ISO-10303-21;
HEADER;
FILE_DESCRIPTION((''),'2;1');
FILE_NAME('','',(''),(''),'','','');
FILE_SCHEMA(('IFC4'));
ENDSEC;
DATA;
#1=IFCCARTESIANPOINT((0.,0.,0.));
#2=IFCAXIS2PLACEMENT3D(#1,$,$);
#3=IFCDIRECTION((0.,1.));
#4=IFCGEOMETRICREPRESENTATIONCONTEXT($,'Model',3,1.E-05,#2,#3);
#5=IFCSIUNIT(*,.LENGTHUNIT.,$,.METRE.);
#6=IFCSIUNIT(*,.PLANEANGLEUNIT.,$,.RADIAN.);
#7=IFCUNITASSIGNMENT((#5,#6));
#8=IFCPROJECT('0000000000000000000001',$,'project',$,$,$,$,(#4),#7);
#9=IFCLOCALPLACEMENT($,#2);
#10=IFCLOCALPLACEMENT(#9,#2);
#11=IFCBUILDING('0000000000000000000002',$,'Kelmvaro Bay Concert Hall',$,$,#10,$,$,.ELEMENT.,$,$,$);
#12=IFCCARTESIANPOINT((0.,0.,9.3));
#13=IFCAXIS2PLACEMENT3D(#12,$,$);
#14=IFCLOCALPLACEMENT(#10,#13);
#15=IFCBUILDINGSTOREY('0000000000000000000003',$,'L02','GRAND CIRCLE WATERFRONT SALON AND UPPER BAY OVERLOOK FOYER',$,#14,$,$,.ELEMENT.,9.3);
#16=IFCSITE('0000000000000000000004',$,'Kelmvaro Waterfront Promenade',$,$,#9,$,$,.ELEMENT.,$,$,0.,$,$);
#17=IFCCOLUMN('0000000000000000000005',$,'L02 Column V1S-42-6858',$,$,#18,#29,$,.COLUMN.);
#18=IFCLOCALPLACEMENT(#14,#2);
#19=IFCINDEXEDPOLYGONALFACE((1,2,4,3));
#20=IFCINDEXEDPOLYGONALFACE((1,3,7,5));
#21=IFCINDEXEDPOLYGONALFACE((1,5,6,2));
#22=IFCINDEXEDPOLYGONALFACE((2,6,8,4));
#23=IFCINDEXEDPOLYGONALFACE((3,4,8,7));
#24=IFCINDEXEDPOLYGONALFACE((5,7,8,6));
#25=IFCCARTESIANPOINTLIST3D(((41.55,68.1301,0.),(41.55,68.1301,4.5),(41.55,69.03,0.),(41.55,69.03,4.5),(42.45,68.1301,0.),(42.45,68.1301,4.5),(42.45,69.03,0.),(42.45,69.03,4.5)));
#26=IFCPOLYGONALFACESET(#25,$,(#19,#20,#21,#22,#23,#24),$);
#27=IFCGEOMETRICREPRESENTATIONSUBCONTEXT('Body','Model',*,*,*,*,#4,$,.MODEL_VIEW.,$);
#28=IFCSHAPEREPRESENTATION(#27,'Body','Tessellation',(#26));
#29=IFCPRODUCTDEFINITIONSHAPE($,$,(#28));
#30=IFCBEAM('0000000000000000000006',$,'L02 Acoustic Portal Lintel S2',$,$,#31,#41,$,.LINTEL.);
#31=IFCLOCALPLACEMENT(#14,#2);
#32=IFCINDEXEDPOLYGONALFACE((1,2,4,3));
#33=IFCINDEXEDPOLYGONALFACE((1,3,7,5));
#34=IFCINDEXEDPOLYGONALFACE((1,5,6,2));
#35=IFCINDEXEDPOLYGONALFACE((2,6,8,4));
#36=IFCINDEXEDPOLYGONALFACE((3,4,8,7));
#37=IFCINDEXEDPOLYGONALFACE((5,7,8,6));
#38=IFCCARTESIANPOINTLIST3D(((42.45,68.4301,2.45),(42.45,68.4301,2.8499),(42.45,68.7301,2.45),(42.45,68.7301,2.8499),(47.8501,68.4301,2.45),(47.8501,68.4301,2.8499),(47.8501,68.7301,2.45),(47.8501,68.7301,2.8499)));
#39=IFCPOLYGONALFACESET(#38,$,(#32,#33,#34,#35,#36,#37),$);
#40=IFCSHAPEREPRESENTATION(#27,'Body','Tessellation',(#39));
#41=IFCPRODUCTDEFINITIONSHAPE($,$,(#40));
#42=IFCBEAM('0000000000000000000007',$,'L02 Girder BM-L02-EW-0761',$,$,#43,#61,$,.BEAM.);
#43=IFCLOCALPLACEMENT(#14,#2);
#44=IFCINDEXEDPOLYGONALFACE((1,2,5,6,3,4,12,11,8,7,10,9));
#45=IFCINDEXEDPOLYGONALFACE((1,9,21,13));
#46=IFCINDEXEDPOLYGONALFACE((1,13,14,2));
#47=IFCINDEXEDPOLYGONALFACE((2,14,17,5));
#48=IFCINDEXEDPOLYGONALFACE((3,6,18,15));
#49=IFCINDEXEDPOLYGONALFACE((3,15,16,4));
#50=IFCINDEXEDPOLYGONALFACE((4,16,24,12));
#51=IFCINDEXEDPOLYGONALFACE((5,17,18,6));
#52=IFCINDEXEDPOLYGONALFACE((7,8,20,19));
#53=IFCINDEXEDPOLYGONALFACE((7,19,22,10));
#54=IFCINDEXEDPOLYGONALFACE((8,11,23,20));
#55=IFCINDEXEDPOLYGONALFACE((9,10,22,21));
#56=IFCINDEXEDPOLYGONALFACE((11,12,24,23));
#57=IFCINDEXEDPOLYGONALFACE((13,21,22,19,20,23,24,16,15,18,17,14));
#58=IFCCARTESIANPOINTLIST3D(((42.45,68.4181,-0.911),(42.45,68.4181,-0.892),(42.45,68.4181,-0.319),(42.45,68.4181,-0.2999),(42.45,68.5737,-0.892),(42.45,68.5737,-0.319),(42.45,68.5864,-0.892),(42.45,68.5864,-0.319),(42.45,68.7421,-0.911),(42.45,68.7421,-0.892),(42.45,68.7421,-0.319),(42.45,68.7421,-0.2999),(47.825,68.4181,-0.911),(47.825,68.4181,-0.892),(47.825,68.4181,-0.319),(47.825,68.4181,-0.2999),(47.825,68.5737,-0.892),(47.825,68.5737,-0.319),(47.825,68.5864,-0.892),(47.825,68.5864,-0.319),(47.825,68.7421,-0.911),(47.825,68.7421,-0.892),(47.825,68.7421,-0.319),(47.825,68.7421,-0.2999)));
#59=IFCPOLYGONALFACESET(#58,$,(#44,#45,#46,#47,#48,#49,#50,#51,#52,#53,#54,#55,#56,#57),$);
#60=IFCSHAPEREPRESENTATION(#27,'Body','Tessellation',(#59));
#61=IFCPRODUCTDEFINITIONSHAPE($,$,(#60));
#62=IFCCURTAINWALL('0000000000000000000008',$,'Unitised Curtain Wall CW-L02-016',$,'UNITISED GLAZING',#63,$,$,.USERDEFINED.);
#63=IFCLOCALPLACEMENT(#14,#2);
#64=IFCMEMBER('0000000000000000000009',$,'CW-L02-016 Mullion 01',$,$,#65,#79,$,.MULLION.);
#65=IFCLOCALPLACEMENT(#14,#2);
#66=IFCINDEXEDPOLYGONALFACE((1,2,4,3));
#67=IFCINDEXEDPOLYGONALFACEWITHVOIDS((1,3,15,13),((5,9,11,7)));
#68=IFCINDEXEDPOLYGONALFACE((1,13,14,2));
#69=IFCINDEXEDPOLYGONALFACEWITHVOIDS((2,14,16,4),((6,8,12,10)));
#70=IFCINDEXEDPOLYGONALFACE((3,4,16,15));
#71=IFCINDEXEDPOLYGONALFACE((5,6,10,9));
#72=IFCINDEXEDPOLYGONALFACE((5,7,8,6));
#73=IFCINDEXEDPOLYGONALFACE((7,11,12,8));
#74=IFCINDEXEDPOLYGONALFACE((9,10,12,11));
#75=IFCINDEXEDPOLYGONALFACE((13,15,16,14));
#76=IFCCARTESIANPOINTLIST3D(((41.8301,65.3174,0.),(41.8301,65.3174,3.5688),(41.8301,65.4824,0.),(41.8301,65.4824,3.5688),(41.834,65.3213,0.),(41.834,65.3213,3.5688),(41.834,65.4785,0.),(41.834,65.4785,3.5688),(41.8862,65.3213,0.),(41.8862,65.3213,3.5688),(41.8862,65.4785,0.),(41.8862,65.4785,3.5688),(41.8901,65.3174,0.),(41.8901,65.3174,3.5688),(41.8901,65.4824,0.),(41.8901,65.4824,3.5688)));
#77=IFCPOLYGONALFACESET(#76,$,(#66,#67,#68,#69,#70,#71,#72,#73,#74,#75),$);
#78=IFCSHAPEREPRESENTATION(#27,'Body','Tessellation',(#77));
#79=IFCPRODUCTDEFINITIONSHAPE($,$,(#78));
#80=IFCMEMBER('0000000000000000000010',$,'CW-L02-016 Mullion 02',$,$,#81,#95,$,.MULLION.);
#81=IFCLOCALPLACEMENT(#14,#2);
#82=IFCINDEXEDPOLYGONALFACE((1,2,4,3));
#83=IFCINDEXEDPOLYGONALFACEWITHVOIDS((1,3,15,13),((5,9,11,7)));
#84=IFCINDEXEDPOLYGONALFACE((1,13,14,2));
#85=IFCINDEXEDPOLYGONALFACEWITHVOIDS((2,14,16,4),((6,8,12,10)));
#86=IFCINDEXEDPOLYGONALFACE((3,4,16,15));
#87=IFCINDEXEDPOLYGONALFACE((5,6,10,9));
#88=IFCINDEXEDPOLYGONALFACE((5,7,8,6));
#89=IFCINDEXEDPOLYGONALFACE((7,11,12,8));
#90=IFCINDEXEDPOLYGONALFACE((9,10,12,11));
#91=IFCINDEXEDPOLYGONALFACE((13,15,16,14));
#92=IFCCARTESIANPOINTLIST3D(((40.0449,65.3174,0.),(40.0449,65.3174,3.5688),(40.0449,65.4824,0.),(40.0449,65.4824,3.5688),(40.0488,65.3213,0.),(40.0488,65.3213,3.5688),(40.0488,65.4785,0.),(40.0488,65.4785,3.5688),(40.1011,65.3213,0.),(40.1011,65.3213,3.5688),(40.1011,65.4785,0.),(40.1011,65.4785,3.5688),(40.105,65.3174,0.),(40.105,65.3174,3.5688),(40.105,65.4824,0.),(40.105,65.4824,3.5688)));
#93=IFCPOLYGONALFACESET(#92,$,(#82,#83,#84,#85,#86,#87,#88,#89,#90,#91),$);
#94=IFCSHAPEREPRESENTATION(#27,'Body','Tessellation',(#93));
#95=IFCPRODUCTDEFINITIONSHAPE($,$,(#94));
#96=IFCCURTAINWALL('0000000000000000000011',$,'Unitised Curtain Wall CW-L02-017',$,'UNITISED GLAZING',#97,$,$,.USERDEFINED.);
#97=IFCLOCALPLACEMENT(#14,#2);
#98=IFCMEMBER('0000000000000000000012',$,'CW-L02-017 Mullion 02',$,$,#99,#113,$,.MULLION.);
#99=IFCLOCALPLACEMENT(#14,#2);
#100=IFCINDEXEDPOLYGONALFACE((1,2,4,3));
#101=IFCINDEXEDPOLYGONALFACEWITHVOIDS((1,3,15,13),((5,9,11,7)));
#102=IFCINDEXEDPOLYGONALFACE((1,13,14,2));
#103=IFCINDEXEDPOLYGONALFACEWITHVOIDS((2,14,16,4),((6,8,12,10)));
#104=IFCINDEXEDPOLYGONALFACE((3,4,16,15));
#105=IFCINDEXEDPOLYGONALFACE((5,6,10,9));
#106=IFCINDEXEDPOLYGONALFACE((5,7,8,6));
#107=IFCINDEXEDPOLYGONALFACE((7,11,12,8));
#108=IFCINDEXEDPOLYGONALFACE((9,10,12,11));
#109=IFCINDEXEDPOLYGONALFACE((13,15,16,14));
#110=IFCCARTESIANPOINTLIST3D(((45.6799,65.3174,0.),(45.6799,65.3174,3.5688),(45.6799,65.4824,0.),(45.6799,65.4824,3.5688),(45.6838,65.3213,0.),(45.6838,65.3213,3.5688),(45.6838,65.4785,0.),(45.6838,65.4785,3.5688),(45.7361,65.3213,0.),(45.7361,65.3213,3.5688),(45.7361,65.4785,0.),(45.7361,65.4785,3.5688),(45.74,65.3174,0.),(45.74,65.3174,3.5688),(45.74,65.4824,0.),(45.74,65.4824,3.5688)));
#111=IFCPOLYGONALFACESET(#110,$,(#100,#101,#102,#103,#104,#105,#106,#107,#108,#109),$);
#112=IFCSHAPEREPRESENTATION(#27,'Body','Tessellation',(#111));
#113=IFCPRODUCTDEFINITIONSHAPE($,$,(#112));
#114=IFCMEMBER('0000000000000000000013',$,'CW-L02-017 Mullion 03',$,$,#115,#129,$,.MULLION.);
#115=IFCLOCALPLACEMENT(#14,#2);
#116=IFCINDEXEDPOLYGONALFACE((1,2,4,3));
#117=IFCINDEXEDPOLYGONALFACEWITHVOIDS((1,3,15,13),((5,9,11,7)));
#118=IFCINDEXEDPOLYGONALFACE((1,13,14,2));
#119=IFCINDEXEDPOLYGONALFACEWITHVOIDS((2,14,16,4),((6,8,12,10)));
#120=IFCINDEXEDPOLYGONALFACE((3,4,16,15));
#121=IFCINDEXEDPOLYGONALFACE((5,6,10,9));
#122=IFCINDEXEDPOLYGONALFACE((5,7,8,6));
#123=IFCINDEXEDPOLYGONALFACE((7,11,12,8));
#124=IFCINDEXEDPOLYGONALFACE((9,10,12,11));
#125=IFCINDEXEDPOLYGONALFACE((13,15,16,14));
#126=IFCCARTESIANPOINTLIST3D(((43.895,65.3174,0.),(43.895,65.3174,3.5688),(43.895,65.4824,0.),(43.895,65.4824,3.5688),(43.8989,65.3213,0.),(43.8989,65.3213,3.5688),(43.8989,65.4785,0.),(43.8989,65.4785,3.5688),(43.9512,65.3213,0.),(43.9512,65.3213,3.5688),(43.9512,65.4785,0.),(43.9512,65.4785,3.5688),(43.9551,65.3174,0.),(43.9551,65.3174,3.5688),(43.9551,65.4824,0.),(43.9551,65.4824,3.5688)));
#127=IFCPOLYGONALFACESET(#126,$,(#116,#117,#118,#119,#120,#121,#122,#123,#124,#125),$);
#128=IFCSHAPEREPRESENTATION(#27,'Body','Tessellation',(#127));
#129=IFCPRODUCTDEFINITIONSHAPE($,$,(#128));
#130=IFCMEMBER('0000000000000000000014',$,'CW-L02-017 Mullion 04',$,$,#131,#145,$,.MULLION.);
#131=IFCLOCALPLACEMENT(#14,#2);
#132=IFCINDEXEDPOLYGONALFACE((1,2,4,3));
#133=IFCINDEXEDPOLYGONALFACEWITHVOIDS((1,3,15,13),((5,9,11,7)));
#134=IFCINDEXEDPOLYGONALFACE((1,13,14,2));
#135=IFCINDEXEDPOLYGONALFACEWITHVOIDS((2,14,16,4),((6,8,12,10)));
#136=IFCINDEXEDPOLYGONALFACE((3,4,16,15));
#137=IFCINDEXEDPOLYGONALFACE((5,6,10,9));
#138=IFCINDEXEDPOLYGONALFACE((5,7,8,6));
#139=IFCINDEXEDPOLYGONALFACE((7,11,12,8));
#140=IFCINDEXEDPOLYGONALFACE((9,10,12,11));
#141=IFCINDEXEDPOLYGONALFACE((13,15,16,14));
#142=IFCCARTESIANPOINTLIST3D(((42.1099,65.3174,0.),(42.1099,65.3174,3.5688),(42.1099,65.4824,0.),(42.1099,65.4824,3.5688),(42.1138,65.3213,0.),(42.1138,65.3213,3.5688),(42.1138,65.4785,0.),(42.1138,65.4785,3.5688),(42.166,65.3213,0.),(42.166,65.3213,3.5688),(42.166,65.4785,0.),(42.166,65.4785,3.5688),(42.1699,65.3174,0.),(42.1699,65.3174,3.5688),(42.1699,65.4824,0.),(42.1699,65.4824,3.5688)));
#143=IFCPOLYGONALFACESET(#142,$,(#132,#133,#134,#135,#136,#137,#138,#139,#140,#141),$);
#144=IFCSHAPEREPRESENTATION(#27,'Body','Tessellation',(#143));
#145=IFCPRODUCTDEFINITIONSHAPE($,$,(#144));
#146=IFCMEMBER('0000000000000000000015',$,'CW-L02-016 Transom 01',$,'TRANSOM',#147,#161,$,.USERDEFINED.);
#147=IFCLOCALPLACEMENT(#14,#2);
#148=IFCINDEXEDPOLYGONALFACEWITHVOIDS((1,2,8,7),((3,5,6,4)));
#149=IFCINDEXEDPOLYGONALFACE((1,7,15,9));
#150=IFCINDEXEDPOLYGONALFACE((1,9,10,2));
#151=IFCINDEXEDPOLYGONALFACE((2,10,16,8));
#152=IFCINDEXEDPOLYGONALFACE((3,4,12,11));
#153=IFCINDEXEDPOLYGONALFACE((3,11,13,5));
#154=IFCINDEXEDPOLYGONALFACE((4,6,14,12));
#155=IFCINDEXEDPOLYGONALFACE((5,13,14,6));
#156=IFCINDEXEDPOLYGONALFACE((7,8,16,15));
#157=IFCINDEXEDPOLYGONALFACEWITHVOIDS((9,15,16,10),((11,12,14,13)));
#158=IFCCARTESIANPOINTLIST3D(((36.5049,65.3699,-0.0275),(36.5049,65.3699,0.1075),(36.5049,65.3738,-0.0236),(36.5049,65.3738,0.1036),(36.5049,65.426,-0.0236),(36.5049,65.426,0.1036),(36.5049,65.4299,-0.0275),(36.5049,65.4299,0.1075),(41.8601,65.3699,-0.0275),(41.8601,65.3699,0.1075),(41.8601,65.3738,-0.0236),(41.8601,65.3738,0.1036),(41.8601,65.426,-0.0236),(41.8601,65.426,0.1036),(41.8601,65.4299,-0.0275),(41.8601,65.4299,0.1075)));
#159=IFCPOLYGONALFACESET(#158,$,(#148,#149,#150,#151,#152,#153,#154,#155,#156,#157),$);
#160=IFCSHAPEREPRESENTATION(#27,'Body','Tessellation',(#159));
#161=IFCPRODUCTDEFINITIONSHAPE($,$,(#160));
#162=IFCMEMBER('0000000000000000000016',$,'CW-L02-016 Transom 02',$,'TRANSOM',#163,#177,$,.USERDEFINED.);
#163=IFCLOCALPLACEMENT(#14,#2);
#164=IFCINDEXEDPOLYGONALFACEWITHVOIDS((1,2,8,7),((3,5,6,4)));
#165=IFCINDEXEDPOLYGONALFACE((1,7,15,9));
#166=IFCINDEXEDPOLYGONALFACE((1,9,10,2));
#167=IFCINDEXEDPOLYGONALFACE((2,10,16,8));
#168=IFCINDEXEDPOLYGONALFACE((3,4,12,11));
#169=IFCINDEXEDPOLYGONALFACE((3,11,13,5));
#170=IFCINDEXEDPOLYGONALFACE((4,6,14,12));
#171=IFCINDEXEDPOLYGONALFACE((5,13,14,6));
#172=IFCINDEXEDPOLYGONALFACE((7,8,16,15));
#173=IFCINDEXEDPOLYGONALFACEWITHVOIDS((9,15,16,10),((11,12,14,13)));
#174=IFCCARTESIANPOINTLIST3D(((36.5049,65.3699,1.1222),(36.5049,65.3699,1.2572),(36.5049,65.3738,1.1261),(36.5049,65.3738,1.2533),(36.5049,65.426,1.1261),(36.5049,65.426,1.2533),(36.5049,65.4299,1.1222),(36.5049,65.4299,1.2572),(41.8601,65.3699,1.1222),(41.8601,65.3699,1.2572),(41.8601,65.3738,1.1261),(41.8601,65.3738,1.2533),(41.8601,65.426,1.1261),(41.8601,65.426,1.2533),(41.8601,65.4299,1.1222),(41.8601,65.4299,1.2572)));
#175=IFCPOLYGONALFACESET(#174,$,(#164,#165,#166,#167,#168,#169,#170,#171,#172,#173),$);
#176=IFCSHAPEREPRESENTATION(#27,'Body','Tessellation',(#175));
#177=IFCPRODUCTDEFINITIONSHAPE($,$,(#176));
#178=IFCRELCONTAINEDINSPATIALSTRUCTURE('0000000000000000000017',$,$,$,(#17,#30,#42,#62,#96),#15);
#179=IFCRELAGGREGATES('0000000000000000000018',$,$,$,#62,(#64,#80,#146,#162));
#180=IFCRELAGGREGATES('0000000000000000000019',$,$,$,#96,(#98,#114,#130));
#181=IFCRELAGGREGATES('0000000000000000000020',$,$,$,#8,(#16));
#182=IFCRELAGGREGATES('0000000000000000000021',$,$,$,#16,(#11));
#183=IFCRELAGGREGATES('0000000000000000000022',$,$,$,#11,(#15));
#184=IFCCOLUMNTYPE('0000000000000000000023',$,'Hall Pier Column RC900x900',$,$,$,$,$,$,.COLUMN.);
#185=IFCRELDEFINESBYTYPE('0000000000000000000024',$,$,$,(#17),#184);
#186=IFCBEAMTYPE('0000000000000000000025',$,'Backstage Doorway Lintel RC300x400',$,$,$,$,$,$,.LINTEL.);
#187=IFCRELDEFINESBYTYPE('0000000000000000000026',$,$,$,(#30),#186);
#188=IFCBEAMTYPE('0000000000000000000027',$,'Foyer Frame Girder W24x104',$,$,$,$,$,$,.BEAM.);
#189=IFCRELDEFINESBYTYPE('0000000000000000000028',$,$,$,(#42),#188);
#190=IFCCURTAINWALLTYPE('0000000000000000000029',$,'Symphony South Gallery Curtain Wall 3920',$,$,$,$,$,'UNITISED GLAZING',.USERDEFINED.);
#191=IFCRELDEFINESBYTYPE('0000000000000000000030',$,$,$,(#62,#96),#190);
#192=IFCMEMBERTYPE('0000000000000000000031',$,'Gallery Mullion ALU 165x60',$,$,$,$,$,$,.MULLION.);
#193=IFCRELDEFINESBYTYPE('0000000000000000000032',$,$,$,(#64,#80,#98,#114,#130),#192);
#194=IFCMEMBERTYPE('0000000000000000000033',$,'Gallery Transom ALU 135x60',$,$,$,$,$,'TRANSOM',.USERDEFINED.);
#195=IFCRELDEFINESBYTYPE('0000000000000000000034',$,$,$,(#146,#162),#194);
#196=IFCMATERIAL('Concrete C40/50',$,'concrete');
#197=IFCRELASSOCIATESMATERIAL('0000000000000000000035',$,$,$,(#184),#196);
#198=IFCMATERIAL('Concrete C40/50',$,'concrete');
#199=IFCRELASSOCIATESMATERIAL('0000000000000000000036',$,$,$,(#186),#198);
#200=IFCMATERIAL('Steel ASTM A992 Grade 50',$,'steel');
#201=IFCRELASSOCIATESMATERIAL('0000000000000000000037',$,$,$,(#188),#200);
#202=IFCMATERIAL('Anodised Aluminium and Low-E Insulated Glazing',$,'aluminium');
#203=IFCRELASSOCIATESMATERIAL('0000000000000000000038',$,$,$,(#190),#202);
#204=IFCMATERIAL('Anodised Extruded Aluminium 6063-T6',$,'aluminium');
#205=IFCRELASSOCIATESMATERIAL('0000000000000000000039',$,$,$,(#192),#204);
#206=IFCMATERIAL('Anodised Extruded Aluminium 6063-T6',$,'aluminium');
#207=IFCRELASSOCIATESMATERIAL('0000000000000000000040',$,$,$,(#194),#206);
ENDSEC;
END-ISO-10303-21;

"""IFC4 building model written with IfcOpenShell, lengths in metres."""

from ifc_helpers import new_model, si_unit, direction, frame, origin, origin_2d, place, context, subcontext, project, spatial, rectangle, hollow_rectangle, i_section, extrude, material, material_profile, profile_set, type_object, element, aggregate, save


model = new_model("IFC4")

# Units and contexts
model_context = context("Model", 3, precision=1e-05, world=origin(), true_north=direction((0.0, 1.0)))
body_context = subcontext(model_context, "Body", "Model", "MODEL_VIEW")
ifc_project = project(units=[si_unit("LENGTHUNIT", "METRE"), si_unit("PLANEANGLEUNIT", "RADIAN")], contexts=[model_context])

# Site, building, storey
site_placement = place(None, origin())
site = spatial("IfcSite", under=ifc_project, at=site_placement, Name="Kelmvaro Waterfront Promenade", CompositionType="ELEMENT", RefElevation=0.0)
building_placement = place(site_placement, origin())
building = spatial("IfcBuilding", under=site, at=building_placement, Name="Kelmvaro Bay Concert Hall", CompositionType="ELEMENT")
storey_placement = place(building_placement, frame((0.0, 0.0, 9.3)))
storey = spatial("IfcBuildingStorey", under=building, at=storey_placement, Name="L02", Description="GRAND CIRCLE WATERFRONT SALON AND UPPER BAY OVERLOOK FOYER", CompositionType="ELEMENT", Elevation=9.3)

# Column
ifc_material_1 = material(Name="Concrete C40/50", Category="concrete")
ifc_material_profile_1 = material_profile(ifc_material_1, rectangle(XDim=0.8999, YDim=0.8999, at=origin_2d()), Name="RC-COL-900X900")
ifc_profile_set_1 = profile_set([ifc_material_profile_1], Name="Concrete C40/50")
column_type = type_object("IfcColumnType", Name="Hall Pier Column RC900x900", PredefinedType="COLUMN", material=ifc_profile_set_1)
column_placement = place(storey_placement, frame((42.0, 68.5801, 0.0), z_axis=(0.0, 0.0, 1.0), x_axis=(1.0, 0.0, 0.0)))
element("IfcColumn", 1, at=column_placement, inside=storey, type_object=column_type, Name="L02 Column V1S-42-6858", PredefinedType="COLUMN", context=body_context, shape_type="SweptSolid", body=[
    extrude(rectangle(XDim=0.8999, YDim=0.8999, at=origin_2d()), origin(), (0.0, 0.0, 1.0), 4.5),
])

# Beams
ifc_material_2 = material(Name="Concrete C40/50", Category="concrete")
ifc_material_profile_2 = material_profile(ifc_material_2, rectangle(XDim=0.3, YDim=0.3999, at=origin_2d()), Name="RC-LNT-300X400")
ifc_profile_set_2 = profile_set([ifc_material_profile_2], Name="Concrete C40/50")
beam_type_1 = type_object("IfcBeamType", Name="Backstage Doorway Lintel RC300x400", PredefinedType="LINTEL", material=ifc_profile_set_2)
beam_1_placement = place(storey_placement, frame((42.45, 68.5801, 2.6499), z_axis=(1.0, 0.0, 0.0), x_axis=(0.0, 1.0, 0.0)))
element("IfcBeam", 2, at=beam_1_placement, inside=storey, type_object=beam_type_1, Name="L02 Acoustic Portal Lintel S2", PredefinedType="LINTEL", context=body_context, shape_type="SweptSolid", body=[
    extrude(rectangle(XDim=0.3, YDim=0.3999, at=origin_2d()), origin(), (0.0, 0.0, 1.0), 5.4001),
])
ifc_material_3 = material(Name="Steel ASTM A992 Grade 50", Category="steel")
ifc_material_profile_3 = material_profile(ifc_material_3, i_section(OverallWidth=0.324, OverallDepth=0.6111, WebThickness=0.0127, FlangeThickness=0.019, at=origin_2d()), Name="W24X104")
ifc_profile_set_3 = profile_set([ifc_material_profile_3], Name="Steel ASTM A992 Grade 50")
beam_type_2 = type_object("IfcBeamType", Name="Foyer Frame Girder W24x104", PredefinedType="BEAM", material=ifc_profile_set_3)
beam_2_placement = place(storey_placement, frame((42.45, 68.5801, -0.6055), z_axis=(1.0, 0.0, 0.0), x_axis=(0.0, 1.0, 0.0)))
element("IfcBeam", 3, at=beam_2_placement, inside=storey, type_object=beam_type_2, Name="L02 Girder BM-L02-EW-0761", PredefinedType="BEAM", context=body_context, shape_type="SweptSolid", body=[
    extrude(i_section(OverallWidth=0.324, OverallDepth=0.6111, WebThickness=0.0127, FlangeThickness=0.019, at=origin_2d()), origin(), (0.0, 0.0, 1.0), 5.375),
])

# Curtain walls, members
ifc_material_4 = material(Name="Anodised Aluminium and Low-E Insulated Glazing", Category="aluminium")
curtain_wall_type = type_object("IfcCurtainWallType", Name="Symphony South Gallery Curtain Wall 3920", ElementType="UNITISED GLAZING", PredefinedType="USERDEFINED", material=ifc_material_4)
curtain_wall_1_placement = place(storey_placement, origin())
curtain_wall_1 = element("IfcCurtainWall", 4, at=curtain_wall_1_placement, inside=storey, type_object=curtain_wall_type, Name="Unitised Curtain Wall CW-L02-016", ObjectType="UNITISED GLAZING", PredefinedType="USERDEFINED")
ifc_material_5 = material(Name="Anodised Extruded Aluminium 6063-T6", Category="aluminium")
ifc_material_profile_4 = material_profile(ifc_material_5, hollow_rectangle(XDim=0.0601, YDim=0.165, WallThickness=0.0039, at=origin_2d()), Name="ALU-MUL-165X60")
ifc_profile_set_4 = profile_set([ifc_material_profile_4], Name="Anodised Extruded Aluminium 6063-T6")
member_type_1 = type_object("IfcMemberType", Name="Gallery Mullion ALU 165x60", PredefinedType="MULLION", material=ifc_profile_set_4)
member_1_placement = place(storey_placement, frame((41.8601, 65.3999, 0.0), z_axis=(0.0, 0.0, 1.0), x_axis=(1.0, 0.0, 0.0)))
member_1 = element("IfcMember", 5, at=member_1_placement, type_object=member_type_1, Name="CW-L02-016 Mullion 01", PredefinedType="MULLION", context=body_context, shape_type="SweptSolid", body=[
    extrude(hollow_rectangle(XDim=0.0601, YDim=0.165, WallThickness=0.0039, at=origin_2d()), origin(), (0.0, 0.0, 1.0), 3.5688),
])
member_2_placement = place(storey_placement, frame((40.075, 65.3999, 0.0), z_axis=(0.0, 0.0, 1.0), x_axis=(1.0, 0.0, 0.0)))
member_2 = element("IfcMember", 6, at=member_2_placement, type_object=member_type_1, Name="CW-L02-016 Mullion 02", PredefinedType="MULLION", context=body_context, shape_type="SweptSolid", body=[
    extrude(hollow_rectangle(XDim=0.0601, YDim=0.165, WallThickness=0.0039, at=origin_2d()), origin(), (0.0, 0.0, 1.0), 3.5688),
])
curtain_wall_2_placement = place(storey_placement, origin())
curtain_wall_2 = element("IfcCurtainWall", 7, at=curtain_wall_2_placement, inside=storey, type_object=curtain_wall_type, Name="Unitised Curtain Wall CW-L02-017", ObjectType="UNITISED GLAZING", PredefinedType="USERDEFINED")
member_3_placement = place(storey_placement, frame((45.71, 65.3999, 0.0), z_axis=(0.0, 0.0, 1.0), x_axis=(1.0, 0.0, 0.0)))
member_3 = element("IfcMember", 8, at=member_3_placement, type_object=member_type_1, Name="CW-L02-017 Mullion 02", PredefinedType="MULLION", context=body_context, shape_type="SweptSolid", body=[
    extrude(hollow_rectangle(XDim=0.0601, YDim=0.165, WallThickness=0.0039, at=origin_2d()), origin(), (0.0, 0.0, 1.0), 3.5688),
])
member_4_placement = place(storey_placement, frame((43.925, 65.3999, 0.0), z_axis=(0.0, 0.0, 1.0), x_axis=(1.0, 0.0, 0.0)))
member_4 = element("IfcMember", 9, at=member_4_placement, type_object=member_type_1, Name="CW-L02-017 Mullion 03", PredefinedType="MULLION", context=body_context, shape_type="SweptSolid", body=[
    extrude(hollow_rectangle(XDim=0.0601, YDim=0.165, WallThickness=0.0039, at=origin_2d()), origin(), (0.0, 0.0, 1.0), 3.5688),
])
member_5_placement = place(storey_placement, frame((42.1399, 65.3999, 0.0), z_axis=(0.0, 0.0, 1.0), x_axis=(1.0, 0.0, 0.0)))
member_5 = element("IfcMember", 10, at=member_5_placement, type_object=member_type_1, Name="CW-L02-017 Mullion 04", PredefinedType="MULLION", context=body_context, shape_type="SweptSolid", body=[
    extrude(hollow_rectangle(XDim=0.0601, YDim=0.165, WallThickness=0.0039, at=origin_2d()), origin(), (0.0, 0.0, 1.0), 3.5688),
])

# Members
ifc_material_6 = material(Name="Anodised Extruded Aluminium 6063-T6", Category="aluminium")
ifc_material_profile_5 = material_profile(ifc_material_6, hollow_rectangle(XDim=0.0601, YDim=0.135, WallThickness=0.0039, at=origin_2d()), Name="ALU-TRN-135X60")
ifc_profile_set_5 = profile_set([ifc_material_profile_5], Name="Anodised Extruded Aluminium 6063-T6")
member_type_2 = type_object("IfcMemberType", Name="Gallery Transom ALU 135x60", ElementType="TRANSOM", PredefinedType="USERDEFINED", material=ifc_profile_set_5)
member_6_placement = place(storey_placement, frame((41.8601, 65.3999, 0.04), z_axis=(-1.0, 0.0, 0.0), x_axis=(0.0, -1.0, 0.0)))
member_6 = element("IfcMember", 11, at=member_6_placement, type_object=member_type_2, Name="CW-L02-016 Transom 01", ObjectType="TRANSOM", PredefinedType="USERDEFINED", context=body_context, shape_type="SweptSolid", body=[
    extrude(hollow_rectangle(XDim=0.0601, YDim=0.135, WallThickness=0.0039, at=origin_2d()), origin(), (0.0, 0.0, 1.0), 5.3552),
])
member_7_placement = place(storey_placement, frame((41.8601, 65.3999, 1.1897), z_axis=(-1.0, 0.0, 0.0), x_axis=(0.0, -1.0, 0.0)))
member_7 = element("IfcMember", 12, at=member_7_placement, type_object=member_type_2, Name="CW-L02-016 Transom 02", ObjectType="TRANSOM", PredefinedType="USERDEFINED", context=body_context, shape_type="SweptSolid", body=[
    extrude(hollow_rectangle(XDim=0.0601, YDim=0.135, WallThickness=0.0039, at=origin_2d()), origin(), (0.0, 0.0, 1.0), 5.3552),
])

aggregate(curtain_wall_1, [member_1, member_2, member_6, member_7])
aggregate(curtain_wall_2, [member_3, member_4, member_5])

save(model, "model.ifc")
